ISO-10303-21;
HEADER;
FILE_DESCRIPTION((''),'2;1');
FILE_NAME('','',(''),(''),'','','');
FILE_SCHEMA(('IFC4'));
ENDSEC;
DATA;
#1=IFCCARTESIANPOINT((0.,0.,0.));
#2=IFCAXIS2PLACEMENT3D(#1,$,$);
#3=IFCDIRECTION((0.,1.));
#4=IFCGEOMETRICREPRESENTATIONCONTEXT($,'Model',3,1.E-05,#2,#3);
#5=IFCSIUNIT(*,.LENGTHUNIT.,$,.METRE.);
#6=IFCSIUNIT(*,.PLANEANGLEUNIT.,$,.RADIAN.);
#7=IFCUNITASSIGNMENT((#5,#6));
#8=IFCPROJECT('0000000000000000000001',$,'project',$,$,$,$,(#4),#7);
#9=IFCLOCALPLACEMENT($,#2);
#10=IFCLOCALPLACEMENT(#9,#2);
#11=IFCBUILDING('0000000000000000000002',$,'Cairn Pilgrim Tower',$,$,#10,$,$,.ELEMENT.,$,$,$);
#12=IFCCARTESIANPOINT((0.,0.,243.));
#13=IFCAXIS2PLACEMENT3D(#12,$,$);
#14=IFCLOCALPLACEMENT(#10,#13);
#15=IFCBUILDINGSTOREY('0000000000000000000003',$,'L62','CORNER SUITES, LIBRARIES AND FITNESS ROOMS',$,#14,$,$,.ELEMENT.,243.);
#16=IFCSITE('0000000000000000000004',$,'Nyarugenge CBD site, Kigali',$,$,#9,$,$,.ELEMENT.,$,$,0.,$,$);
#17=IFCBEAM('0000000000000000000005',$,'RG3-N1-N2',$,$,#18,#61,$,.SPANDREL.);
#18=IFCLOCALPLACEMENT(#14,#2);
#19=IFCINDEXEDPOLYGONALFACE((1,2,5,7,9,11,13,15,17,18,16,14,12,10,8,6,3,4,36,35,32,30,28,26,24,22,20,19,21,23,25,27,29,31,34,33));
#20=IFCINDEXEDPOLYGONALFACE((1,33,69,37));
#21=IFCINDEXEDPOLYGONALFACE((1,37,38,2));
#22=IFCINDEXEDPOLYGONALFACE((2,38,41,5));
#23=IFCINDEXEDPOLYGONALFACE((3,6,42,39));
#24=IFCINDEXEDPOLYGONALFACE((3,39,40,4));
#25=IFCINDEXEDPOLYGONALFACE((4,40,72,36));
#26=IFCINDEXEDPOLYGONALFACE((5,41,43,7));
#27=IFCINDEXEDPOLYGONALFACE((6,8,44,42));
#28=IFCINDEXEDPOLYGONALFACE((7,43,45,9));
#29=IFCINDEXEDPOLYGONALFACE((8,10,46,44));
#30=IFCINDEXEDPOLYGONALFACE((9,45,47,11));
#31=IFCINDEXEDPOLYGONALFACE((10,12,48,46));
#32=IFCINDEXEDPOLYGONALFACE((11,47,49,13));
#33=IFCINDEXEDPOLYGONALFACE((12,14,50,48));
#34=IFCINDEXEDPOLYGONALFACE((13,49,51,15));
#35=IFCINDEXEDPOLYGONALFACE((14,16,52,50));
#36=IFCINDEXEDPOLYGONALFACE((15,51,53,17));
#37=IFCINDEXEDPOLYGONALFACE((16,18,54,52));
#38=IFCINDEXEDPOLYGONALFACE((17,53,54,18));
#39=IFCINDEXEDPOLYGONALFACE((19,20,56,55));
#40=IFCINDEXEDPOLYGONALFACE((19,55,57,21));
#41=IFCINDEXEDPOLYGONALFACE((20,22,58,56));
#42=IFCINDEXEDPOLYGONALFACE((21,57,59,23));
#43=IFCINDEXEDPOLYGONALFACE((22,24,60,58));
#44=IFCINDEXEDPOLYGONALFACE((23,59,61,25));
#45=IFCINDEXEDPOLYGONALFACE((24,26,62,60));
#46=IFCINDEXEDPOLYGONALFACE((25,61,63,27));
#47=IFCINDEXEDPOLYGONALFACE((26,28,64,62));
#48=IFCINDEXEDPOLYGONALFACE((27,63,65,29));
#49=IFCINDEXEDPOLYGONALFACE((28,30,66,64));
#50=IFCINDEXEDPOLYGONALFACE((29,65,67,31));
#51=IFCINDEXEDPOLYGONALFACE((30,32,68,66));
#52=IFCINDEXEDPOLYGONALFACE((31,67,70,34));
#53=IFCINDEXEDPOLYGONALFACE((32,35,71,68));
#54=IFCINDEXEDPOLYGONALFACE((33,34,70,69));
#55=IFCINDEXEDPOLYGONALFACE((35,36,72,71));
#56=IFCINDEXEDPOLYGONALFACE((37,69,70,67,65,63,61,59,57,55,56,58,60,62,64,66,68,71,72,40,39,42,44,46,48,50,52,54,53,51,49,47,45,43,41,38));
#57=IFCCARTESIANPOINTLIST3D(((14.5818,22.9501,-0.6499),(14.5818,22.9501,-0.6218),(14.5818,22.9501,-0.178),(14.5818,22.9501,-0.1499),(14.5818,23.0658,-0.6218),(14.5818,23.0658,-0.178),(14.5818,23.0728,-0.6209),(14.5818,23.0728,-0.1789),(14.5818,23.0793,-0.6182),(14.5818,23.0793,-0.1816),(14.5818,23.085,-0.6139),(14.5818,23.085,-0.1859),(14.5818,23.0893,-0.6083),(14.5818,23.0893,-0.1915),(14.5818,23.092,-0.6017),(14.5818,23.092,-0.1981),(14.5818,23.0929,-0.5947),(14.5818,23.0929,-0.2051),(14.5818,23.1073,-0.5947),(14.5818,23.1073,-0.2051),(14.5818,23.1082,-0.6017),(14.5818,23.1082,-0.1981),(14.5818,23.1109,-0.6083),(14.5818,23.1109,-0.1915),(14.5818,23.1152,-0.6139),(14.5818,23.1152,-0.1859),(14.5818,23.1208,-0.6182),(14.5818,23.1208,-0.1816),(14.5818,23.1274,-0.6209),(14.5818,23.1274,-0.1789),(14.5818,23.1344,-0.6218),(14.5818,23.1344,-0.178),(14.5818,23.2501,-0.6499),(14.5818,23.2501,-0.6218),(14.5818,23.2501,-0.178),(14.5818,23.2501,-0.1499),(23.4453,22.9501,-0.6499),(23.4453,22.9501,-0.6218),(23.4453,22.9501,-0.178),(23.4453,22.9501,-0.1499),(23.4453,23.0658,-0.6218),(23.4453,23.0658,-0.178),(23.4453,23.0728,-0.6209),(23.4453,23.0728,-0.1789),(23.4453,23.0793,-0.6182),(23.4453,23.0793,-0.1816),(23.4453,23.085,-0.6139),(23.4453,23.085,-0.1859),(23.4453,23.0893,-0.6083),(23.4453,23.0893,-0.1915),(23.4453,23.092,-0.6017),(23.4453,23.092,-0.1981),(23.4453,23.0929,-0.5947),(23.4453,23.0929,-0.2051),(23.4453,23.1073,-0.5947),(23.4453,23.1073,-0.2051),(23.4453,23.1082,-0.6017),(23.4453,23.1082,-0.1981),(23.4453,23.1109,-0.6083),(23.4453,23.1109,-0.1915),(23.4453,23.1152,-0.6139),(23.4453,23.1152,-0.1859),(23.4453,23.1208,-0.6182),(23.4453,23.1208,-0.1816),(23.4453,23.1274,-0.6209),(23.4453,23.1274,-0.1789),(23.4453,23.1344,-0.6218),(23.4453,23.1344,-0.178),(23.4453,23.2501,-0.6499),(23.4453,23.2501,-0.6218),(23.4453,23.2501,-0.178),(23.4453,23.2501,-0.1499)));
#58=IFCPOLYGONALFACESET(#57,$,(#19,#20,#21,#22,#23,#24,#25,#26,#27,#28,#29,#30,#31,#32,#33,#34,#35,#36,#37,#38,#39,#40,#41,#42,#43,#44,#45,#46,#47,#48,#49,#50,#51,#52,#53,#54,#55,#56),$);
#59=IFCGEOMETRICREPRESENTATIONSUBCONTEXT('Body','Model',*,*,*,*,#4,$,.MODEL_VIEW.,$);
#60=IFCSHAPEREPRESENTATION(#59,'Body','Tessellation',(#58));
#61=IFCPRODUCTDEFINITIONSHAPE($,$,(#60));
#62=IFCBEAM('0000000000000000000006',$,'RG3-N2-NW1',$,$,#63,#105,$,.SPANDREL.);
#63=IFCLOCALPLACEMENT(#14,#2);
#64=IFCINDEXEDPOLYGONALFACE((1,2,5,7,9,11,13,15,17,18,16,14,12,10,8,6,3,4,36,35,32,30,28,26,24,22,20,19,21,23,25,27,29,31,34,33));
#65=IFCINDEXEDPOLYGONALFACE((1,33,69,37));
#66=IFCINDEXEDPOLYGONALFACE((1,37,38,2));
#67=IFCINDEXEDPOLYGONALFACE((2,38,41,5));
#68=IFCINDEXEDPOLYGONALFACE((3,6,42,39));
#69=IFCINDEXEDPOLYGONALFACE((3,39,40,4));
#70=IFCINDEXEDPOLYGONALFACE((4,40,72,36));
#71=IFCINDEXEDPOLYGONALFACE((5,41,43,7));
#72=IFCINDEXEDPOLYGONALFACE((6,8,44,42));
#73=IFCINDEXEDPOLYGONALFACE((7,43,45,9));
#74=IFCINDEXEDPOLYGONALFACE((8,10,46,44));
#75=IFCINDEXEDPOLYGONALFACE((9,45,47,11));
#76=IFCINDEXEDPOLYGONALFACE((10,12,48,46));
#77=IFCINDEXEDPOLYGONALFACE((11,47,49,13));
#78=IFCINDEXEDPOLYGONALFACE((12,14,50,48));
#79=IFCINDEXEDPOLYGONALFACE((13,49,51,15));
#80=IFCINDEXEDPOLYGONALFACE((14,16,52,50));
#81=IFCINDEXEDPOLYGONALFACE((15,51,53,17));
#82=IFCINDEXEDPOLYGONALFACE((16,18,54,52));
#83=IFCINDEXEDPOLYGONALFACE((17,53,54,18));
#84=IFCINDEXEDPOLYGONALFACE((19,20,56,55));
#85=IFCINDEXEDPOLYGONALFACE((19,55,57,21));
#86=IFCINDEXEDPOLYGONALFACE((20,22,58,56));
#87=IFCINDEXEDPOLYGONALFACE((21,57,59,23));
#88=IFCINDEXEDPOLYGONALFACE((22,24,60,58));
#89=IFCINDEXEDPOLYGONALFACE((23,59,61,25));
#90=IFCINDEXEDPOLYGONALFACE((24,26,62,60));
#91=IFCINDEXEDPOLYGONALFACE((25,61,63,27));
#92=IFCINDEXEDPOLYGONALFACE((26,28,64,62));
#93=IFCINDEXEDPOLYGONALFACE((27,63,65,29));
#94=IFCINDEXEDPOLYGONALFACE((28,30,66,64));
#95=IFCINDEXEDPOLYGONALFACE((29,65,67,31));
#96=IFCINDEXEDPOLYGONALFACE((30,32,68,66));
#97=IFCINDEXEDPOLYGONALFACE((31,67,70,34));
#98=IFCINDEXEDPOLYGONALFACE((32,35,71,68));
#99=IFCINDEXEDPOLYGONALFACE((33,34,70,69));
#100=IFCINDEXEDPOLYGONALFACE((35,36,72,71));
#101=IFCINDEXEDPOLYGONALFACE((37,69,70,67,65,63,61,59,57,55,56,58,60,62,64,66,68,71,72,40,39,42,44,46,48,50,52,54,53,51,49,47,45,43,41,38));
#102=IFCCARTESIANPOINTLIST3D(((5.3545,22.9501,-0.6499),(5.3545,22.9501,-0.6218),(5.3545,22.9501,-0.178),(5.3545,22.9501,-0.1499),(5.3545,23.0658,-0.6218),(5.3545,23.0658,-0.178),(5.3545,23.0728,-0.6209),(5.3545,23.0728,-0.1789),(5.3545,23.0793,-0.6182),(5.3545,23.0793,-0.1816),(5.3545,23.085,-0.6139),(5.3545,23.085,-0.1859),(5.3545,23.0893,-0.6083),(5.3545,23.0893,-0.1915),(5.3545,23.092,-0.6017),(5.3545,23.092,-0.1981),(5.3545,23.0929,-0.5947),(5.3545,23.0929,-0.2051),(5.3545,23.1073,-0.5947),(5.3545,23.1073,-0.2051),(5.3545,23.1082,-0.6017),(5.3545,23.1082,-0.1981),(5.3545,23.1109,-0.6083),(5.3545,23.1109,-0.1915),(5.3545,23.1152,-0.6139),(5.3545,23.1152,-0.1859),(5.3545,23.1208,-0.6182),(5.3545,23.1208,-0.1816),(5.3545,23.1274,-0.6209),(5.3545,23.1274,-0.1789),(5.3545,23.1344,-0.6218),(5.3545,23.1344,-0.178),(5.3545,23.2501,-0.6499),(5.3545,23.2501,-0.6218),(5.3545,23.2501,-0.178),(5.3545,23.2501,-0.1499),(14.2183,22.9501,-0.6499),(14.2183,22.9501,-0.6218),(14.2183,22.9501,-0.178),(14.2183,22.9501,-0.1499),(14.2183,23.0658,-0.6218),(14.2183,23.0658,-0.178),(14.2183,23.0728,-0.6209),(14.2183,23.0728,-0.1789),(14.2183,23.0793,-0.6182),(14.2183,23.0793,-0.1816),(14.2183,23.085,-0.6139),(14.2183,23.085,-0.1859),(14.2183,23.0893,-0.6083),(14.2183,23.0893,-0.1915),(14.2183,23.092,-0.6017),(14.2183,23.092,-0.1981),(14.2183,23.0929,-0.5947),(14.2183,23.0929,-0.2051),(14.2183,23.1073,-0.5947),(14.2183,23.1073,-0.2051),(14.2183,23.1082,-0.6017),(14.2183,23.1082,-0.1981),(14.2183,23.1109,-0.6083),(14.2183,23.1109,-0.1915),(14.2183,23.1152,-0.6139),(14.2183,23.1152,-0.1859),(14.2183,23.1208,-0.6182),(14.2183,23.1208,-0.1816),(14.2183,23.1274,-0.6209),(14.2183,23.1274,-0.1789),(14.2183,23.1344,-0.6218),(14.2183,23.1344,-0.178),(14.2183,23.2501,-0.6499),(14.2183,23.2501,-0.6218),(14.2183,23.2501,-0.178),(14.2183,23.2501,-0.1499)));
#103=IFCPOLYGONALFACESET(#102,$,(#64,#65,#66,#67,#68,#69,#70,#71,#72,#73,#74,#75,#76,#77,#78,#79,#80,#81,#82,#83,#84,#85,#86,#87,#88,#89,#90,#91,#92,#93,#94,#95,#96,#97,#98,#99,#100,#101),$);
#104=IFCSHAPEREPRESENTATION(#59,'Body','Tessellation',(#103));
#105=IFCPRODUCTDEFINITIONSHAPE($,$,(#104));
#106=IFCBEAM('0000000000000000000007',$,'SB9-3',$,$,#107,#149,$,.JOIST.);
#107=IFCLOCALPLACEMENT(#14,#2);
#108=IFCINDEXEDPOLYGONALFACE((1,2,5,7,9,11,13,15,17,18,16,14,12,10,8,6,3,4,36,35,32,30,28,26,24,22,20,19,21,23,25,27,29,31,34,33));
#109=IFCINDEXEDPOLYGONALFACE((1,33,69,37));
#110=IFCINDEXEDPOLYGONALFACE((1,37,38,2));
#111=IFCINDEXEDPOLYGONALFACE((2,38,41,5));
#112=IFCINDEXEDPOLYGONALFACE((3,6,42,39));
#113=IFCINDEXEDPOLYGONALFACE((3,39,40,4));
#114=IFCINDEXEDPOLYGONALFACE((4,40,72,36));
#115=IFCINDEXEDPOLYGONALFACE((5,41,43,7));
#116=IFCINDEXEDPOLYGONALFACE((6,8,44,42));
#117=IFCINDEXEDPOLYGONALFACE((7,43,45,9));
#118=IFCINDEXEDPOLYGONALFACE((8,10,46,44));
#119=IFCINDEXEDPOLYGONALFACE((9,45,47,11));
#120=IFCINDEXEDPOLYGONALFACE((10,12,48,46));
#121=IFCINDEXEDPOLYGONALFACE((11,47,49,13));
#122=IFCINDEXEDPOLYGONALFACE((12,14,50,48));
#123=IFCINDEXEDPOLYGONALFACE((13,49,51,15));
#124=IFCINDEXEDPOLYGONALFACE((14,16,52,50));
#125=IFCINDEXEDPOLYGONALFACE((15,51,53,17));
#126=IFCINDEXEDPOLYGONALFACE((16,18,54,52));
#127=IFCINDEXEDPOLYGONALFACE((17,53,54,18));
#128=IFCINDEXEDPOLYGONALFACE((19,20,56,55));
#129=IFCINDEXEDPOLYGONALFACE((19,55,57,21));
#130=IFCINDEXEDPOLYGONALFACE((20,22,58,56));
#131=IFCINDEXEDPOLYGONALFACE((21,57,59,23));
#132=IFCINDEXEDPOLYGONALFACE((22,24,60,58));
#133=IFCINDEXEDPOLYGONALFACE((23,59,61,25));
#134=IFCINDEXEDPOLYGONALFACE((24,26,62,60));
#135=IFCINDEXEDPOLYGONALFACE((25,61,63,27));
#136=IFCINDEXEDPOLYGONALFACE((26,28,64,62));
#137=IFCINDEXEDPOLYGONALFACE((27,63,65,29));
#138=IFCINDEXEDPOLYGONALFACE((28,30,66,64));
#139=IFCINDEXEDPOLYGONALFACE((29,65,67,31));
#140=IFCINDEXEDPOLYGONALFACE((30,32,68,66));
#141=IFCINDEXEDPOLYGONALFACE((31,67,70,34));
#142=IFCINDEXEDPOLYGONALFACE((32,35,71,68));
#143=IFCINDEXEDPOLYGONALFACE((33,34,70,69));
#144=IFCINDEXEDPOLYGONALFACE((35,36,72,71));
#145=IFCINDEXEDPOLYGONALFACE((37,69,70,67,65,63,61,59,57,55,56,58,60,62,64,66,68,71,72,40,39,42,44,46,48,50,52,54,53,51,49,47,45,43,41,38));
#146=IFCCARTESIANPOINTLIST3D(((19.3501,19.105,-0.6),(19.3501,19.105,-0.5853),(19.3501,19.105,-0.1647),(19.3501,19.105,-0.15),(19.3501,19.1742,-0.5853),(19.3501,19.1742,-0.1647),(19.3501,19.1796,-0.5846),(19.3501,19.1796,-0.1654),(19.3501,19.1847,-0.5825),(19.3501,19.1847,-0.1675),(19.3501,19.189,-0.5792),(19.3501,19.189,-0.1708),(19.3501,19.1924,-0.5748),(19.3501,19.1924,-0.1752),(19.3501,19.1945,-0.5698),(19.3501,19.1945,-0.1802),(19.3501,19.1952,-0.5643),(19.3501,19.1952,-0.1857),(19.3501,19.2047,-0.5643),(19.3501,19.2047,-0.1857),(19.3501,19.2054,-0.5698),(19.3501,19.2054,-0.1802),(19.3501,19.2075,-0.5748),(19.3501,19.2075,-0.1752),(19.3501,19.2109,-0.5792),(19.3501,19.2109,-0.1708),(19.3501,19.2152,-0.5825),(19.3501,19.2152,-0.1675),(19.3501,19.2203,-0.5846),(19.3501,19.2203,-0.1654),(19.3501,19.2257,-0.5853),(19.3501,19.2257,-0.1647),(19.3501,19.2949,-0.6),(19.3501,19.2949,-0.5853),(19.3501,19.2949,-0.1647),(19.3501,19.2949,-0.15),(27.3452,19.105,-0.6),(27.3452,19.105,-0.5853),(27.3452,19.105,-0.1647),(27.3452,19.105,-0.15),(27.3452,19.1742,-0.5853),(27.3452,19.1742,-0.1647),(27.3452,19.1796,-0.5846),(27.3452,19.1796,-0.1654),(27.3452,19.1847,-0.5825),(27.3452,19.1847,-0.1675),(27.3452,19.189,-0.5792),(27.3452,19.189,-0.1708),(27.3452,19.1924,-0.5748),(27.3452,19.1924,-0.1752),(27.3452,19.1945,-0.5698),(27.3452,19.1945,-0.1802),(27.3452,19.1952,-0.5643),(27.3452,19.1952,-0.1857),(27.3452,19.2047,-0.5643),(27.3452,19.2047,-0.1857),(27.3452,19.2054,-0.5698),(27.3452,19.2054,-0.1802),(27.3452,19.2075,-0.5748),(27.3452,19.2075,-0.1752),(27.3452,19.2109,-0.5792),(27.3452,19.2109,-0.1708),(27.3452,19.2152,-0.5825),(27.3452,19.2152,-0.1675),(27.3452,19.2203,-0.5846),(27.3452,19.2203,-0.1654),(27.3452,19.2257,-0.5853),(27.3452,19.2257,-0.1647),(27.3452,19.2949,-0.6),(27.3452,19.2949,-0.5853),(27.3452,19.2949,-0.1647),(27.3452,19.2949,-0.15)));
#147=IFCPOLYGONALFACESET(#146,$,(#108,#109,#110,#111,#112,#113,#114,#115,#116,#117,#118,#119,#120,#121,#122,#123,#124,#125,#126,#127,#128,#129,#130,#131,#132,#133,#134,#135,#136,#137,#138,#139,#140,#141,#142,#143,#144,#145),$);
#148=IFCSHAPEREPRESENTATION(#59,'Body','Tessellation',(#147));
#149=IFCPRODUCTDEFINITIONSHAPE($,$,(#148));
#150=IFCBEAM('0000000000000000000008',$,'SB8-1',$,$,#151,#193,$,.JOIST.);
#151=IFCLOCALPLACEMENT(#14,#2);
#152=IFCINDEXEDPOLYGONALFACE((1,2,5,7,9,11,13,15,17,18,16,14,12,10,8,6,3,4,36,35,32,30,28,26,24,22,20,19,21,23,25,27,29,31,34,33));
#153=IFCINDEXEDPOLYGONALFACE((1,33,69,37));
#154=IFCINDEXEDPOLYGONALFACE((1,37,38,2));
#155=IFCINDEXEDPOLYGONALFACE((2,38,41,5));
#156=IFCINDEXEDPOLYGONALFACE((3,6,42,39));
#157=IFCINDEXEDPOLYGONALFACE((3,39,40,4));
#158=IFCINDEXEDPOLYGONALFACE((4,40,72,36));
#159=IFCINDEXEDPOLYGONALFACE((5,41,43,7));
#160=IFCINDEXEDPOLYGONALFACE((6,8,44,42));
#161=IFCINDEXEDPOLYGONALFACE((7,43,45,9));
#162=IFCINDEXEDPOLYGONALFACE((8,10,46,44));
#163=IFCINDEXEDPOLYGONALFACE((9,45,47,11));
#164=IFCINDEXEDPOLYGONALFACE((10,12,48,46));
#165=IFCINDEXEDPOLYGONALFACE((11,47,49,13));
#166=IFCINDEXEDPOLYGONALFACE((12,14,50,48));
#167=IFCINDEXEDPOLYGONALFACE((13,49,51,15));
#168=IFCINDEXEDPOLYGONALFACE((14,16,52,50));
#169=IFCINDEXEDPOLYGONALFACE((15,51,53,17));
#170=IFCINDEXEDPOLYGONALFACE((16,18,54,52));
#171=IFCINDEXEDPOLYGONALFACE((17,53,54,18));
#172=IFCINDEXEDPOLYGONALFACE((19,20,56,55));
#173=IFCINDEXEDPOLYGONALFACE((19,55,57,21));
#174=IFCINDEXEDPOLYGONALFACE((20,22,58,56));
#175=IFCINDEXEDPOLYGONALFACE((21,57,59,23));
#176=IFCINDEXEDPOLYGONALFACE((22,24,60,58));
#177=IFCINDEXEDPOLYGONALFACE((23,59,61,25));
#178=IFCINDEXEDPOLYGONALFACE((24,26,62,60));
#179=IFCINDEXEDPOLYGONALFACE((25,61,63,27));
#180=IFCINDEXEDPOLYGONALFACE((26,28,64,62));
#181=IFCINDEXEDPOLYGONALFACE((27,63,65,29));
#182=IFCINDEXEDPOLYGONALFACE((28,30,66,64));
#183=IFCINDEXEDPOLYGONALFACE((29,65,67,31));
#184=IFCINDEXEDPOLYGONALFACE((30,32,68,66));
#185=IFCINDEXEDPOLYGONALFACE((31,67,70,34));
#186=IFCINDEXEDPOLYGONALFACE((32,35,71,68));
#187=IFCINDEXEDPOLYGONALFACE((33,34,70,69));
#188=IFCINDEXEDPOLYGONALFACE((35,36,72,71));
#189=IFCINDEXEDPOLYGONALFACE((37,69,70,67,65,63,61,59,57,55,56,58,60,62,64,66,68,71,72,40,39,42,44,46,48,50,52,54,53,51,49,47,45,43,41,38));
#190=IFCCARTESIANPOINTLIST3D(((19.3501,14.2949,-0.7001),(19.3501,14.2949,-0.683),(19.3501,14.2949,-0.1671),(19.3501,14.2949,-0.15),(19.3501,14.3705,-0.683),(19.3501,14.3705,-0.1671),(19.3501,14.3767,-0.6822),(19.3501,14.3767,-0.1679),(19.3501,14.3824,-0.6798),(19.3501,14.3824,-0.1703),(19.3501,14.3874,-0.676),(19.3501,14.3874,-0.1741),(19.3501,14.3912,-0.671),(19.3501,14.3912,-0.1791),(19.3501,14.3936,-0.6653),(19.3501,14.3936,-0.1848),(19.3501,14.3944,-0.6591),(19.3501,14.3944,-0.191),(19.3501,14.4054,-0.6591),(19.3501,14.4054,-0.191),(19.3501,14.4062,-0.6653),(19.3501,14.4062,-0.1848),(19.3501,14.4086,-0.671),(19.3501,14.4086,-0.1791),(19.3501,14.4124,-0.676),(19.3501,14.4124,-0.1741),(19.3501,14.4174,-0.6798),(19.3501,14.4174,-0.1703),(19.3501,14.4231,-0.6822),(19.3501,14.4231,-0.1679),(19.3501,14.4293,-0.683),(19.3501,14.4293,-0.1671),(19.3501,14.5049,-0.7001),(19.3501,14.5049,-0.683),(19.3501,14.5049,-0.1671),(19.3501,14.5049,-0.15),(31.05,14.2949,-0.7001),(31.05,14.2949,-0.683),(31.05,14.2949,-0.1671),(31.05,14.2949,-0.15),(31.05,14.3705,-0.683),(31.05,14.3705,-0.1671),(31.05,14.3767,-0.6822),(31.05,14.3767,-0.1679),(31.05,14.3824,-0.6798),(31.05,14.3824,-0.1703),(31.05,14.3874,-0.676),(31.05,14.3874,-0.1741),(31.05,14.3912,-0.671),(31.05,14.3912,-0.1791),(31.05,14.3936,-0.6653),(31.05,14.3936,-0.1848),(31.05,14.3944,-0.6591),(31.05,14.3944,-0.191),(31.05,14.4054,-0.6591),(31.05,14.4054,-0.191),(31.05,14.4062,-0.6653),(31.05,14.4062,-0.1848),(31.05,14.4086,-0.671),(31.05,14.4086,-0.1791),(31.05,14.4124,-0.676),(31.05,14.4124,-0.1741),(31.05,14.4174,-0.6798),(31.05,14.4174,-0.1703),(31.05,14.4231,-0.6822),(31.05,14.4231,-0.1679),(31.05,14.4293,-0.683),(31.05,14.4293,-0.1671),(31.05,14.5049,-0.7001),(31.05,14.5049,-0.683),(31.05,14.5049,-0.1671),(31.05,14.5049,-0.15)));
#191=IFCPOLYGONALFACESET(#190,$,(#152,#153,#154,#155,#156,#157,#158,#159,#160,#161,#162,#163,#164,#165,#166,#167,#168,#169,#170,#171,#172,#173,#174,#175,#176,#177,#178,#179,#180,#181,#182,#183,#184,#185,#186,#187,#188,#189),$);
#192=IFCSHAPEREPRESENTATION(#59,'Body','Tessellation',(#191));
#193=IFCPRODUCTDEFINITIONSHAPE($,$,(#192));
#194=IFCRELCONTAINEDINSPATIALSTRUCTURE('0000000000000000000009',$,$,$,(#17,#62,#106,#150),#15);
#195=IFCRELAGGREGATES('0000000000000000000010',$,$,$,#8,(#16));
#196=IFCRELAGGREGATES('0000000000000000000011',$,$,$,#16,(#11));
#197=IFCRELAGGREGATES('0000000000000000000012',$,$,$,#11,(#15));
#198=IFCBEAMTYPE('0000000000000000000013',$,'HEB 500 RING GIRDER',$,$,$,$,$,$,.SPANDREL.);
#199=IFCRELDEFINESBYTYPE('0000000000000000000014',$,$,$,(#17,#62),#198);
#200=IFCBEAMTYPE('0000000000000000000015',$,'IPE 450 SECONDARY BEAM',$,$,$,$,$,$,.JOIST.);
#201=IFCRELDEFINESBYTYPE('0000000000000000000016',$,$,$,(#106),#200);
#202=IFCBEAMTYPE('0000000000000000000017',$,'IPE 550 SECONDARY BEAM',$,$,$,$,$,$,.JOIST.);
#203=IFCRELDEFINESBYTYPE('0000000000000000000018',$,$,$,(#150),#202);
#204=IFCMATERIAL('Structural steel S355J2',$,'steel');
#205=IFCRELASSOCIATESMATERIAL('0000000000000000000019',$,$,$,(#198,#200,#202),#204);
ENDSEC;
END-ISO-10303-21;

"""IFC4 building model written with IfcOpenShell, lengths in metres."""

from ifc_helpers import new_model, si_unit, direction, frame, origin, origin_2d, place, context, subcontext, project, spatial, i_section, extrude, material, material_profile, profile_set, type_object, element, save


model = new_model("IFC4")

# Units and contexts
model_context = context("Model", 3, precision=1e-05, world=origin(), true_north=direction((0.0, 1.0)))
body_context = subcontext(model_context, "Body", "Model", "MODEL_VIEW")
ifc_project = project(units=[si_unit("LENGTHUNIT", "METRE"), si_unit("PLANEANGLEUNIT", "RADIAN")], contexts=[model_context])

# Site, building, storey
site_placement = place(None, origin())
site = spatial("IfcSite", under=ifc_project, at=site_placement, Name="Nyarugenge CBD site, Kigali", CompositionType="ELEMENT", RefElevation=0.0)
building_placement = place(site_placement, origin())
building = spatial("IfcBuilding", under=site, at=building_placement, Name="Cairn Pilgrim Tower", CompositionType="ELEMENT")
storey_placement = place(building_placement, frame((0.0, 0.0, 243.0)))
storey = spatial("IfcBuildingStorey", under=building, at=storey_placement, Name="L62", Description="CORNER SUITES, LIBRARIES AND FITNESS ROOMS", CompositionType="ELEMENT", Elevation=243.0)

# Beams
ifc_material_1 = material(Name="Structural steel S355J2", Category="steel")
ifc_material_profile_1 = material_profile(ifc_material_1, i_section(OverallWidth=0.3, OverallDepth=0.5, WebThickness=0.0144, FlangeThickness=0.0281, FilletRadius=0.0271, at=origin_2d()), Name="HEB 500")
ifc_profile_set_1 = profile_set([ifc_material_profile_1], Name="Structural steel S355J2")
beam_type_1 = type_object("IfcBeamType", Name="HEB 500 RING GIRDER", PredefinedType="SPANDREL", material=ifc_profile_set_1)
beam_1_placement = place(storey_placement, frame((23.4453, 23.1001, -0.3999), z_axis=(-1.0, 0.0, 0.0), x_axis=(0.0, -1.0, 0.0)))
element("IfcBeam", 1, at=beam_1_placement, inside=storey, type_object=beam_type_1, Name="RG3-N1-N2", PredefinedType="SPANDREL", context=body_context, shape_type="SweptSolid", body=[
    extrude(i_section(OverallWidth=0.3, OverallDepth=0.5, WebThickness=0.0144, FlangeThickness=0.0281, FilletRadius=0.0271, at=origin_2d()), origin(), (0.0, 0.0, 1.0), 8.8635),
])
beam_2_placement = place(storey_placement, frame((14.2183, 23.1001, -0.3999), z_axis=(-1.0, 0.0, 0.0), x_axis=(0.0, -1.0, 0.0)))
element("IfcBeam", 2, at=beam_2_placement, inside=storey, type_object=beam_type_1, Name="RG3-N2-NW1", PredefinedType="SPANDREL", context=body_context, shape_type="SweptSolid", body=[
    extrude(i_section(OverallWidth=0.3, OverallDepth=0.5, WebThickness=0.0144, FlangeThickness=0.0281, FilletRadius=0.0271, at=origin_2d()), origin(), (0.0, 0.0, 1.0), 8.8638),
])
ifc_material_profile_2 = material_profile(ifc_material_1, i_section(OverallWidth=0.1899, OverallDepth=0.45, WebThickness=0.0095, FlangeThickness=0.0146, FilletRadius=0.021, at=origin_2d()), Name="IPE 450")
ifc_profile_set_2 = profile_set([ifc_material_profile_2], Name="Structural steel S355J2")
beam_type_2 = type_object("IfcBeamType", Name="IPE 450 SECONDARY BEAM", PredefinedType="JOIST", material=ifc_profile_set_2)
beam_3_placement = place(storey_placement, frame((19.3501, 19.2, -0.375), z_axis=(1.0, 0.0, 0.0), x_axis=(0.0, 1.0, 0.0)))
element("IfcBeam", 3, at=beam_3_placement, inside=storey, type_object=beam_type_2, Name="SB9-3", PredefinedType="JOIST", context=body_context, shape_type="SweptSolid", body=[
    extrude(i_section(OverallWidth=0.1899, OverallDepth=0.45, WebThickness=0.0095, FlangeThickness=0.0146, FilletRadius=0.021, at=origin_2d()), origin(), (0.0, 0.0, 1.0), 7.9951),
])
ifc_material_profile_3 = material_profile(ifc_material_1, i_section(OverallWidth=0.21, OverallDepth=0.55, WebThickness=0.011, FlangeThickness=0.0171, FilletRadius=0.0239, at=origin_2d()), Name="IPE 550")
ifc_profile_set_3 = profile_set([ifc_material_profile_3], Name="Structural steel S355J2")
beam_type_3 = type_object("IfcBeamType", Name="IPE 550 SECONDARY BEAM", PredefinedType="JOIST", material=ifc_profile_set_3)
beam_4_placement = place(storey_placement, frame((19.3501, 14.3999, -0.425), z_axis=(1.0, 0.0, 0.0), x_axis=(0.0, 1.0, 0.0)))
element("IfcBeam", 4, at=beam_4_placement, inside=storey, type_object=beam_type_3, Name="SB8-1", PredefinedType="JOIST", context=body_context, shape_type="SweptSolid", body=[
    extrude(i_section(OverallWidth=0.21, OverallDepth=0.55, WebThickness=0.011, FlangeThickness=0.0171, FilletRadius=0.0239, at=origin_2d()), origin(), (0.0, 0.0, 1.0), 11.7),
])

save(model, "model.ifc")
